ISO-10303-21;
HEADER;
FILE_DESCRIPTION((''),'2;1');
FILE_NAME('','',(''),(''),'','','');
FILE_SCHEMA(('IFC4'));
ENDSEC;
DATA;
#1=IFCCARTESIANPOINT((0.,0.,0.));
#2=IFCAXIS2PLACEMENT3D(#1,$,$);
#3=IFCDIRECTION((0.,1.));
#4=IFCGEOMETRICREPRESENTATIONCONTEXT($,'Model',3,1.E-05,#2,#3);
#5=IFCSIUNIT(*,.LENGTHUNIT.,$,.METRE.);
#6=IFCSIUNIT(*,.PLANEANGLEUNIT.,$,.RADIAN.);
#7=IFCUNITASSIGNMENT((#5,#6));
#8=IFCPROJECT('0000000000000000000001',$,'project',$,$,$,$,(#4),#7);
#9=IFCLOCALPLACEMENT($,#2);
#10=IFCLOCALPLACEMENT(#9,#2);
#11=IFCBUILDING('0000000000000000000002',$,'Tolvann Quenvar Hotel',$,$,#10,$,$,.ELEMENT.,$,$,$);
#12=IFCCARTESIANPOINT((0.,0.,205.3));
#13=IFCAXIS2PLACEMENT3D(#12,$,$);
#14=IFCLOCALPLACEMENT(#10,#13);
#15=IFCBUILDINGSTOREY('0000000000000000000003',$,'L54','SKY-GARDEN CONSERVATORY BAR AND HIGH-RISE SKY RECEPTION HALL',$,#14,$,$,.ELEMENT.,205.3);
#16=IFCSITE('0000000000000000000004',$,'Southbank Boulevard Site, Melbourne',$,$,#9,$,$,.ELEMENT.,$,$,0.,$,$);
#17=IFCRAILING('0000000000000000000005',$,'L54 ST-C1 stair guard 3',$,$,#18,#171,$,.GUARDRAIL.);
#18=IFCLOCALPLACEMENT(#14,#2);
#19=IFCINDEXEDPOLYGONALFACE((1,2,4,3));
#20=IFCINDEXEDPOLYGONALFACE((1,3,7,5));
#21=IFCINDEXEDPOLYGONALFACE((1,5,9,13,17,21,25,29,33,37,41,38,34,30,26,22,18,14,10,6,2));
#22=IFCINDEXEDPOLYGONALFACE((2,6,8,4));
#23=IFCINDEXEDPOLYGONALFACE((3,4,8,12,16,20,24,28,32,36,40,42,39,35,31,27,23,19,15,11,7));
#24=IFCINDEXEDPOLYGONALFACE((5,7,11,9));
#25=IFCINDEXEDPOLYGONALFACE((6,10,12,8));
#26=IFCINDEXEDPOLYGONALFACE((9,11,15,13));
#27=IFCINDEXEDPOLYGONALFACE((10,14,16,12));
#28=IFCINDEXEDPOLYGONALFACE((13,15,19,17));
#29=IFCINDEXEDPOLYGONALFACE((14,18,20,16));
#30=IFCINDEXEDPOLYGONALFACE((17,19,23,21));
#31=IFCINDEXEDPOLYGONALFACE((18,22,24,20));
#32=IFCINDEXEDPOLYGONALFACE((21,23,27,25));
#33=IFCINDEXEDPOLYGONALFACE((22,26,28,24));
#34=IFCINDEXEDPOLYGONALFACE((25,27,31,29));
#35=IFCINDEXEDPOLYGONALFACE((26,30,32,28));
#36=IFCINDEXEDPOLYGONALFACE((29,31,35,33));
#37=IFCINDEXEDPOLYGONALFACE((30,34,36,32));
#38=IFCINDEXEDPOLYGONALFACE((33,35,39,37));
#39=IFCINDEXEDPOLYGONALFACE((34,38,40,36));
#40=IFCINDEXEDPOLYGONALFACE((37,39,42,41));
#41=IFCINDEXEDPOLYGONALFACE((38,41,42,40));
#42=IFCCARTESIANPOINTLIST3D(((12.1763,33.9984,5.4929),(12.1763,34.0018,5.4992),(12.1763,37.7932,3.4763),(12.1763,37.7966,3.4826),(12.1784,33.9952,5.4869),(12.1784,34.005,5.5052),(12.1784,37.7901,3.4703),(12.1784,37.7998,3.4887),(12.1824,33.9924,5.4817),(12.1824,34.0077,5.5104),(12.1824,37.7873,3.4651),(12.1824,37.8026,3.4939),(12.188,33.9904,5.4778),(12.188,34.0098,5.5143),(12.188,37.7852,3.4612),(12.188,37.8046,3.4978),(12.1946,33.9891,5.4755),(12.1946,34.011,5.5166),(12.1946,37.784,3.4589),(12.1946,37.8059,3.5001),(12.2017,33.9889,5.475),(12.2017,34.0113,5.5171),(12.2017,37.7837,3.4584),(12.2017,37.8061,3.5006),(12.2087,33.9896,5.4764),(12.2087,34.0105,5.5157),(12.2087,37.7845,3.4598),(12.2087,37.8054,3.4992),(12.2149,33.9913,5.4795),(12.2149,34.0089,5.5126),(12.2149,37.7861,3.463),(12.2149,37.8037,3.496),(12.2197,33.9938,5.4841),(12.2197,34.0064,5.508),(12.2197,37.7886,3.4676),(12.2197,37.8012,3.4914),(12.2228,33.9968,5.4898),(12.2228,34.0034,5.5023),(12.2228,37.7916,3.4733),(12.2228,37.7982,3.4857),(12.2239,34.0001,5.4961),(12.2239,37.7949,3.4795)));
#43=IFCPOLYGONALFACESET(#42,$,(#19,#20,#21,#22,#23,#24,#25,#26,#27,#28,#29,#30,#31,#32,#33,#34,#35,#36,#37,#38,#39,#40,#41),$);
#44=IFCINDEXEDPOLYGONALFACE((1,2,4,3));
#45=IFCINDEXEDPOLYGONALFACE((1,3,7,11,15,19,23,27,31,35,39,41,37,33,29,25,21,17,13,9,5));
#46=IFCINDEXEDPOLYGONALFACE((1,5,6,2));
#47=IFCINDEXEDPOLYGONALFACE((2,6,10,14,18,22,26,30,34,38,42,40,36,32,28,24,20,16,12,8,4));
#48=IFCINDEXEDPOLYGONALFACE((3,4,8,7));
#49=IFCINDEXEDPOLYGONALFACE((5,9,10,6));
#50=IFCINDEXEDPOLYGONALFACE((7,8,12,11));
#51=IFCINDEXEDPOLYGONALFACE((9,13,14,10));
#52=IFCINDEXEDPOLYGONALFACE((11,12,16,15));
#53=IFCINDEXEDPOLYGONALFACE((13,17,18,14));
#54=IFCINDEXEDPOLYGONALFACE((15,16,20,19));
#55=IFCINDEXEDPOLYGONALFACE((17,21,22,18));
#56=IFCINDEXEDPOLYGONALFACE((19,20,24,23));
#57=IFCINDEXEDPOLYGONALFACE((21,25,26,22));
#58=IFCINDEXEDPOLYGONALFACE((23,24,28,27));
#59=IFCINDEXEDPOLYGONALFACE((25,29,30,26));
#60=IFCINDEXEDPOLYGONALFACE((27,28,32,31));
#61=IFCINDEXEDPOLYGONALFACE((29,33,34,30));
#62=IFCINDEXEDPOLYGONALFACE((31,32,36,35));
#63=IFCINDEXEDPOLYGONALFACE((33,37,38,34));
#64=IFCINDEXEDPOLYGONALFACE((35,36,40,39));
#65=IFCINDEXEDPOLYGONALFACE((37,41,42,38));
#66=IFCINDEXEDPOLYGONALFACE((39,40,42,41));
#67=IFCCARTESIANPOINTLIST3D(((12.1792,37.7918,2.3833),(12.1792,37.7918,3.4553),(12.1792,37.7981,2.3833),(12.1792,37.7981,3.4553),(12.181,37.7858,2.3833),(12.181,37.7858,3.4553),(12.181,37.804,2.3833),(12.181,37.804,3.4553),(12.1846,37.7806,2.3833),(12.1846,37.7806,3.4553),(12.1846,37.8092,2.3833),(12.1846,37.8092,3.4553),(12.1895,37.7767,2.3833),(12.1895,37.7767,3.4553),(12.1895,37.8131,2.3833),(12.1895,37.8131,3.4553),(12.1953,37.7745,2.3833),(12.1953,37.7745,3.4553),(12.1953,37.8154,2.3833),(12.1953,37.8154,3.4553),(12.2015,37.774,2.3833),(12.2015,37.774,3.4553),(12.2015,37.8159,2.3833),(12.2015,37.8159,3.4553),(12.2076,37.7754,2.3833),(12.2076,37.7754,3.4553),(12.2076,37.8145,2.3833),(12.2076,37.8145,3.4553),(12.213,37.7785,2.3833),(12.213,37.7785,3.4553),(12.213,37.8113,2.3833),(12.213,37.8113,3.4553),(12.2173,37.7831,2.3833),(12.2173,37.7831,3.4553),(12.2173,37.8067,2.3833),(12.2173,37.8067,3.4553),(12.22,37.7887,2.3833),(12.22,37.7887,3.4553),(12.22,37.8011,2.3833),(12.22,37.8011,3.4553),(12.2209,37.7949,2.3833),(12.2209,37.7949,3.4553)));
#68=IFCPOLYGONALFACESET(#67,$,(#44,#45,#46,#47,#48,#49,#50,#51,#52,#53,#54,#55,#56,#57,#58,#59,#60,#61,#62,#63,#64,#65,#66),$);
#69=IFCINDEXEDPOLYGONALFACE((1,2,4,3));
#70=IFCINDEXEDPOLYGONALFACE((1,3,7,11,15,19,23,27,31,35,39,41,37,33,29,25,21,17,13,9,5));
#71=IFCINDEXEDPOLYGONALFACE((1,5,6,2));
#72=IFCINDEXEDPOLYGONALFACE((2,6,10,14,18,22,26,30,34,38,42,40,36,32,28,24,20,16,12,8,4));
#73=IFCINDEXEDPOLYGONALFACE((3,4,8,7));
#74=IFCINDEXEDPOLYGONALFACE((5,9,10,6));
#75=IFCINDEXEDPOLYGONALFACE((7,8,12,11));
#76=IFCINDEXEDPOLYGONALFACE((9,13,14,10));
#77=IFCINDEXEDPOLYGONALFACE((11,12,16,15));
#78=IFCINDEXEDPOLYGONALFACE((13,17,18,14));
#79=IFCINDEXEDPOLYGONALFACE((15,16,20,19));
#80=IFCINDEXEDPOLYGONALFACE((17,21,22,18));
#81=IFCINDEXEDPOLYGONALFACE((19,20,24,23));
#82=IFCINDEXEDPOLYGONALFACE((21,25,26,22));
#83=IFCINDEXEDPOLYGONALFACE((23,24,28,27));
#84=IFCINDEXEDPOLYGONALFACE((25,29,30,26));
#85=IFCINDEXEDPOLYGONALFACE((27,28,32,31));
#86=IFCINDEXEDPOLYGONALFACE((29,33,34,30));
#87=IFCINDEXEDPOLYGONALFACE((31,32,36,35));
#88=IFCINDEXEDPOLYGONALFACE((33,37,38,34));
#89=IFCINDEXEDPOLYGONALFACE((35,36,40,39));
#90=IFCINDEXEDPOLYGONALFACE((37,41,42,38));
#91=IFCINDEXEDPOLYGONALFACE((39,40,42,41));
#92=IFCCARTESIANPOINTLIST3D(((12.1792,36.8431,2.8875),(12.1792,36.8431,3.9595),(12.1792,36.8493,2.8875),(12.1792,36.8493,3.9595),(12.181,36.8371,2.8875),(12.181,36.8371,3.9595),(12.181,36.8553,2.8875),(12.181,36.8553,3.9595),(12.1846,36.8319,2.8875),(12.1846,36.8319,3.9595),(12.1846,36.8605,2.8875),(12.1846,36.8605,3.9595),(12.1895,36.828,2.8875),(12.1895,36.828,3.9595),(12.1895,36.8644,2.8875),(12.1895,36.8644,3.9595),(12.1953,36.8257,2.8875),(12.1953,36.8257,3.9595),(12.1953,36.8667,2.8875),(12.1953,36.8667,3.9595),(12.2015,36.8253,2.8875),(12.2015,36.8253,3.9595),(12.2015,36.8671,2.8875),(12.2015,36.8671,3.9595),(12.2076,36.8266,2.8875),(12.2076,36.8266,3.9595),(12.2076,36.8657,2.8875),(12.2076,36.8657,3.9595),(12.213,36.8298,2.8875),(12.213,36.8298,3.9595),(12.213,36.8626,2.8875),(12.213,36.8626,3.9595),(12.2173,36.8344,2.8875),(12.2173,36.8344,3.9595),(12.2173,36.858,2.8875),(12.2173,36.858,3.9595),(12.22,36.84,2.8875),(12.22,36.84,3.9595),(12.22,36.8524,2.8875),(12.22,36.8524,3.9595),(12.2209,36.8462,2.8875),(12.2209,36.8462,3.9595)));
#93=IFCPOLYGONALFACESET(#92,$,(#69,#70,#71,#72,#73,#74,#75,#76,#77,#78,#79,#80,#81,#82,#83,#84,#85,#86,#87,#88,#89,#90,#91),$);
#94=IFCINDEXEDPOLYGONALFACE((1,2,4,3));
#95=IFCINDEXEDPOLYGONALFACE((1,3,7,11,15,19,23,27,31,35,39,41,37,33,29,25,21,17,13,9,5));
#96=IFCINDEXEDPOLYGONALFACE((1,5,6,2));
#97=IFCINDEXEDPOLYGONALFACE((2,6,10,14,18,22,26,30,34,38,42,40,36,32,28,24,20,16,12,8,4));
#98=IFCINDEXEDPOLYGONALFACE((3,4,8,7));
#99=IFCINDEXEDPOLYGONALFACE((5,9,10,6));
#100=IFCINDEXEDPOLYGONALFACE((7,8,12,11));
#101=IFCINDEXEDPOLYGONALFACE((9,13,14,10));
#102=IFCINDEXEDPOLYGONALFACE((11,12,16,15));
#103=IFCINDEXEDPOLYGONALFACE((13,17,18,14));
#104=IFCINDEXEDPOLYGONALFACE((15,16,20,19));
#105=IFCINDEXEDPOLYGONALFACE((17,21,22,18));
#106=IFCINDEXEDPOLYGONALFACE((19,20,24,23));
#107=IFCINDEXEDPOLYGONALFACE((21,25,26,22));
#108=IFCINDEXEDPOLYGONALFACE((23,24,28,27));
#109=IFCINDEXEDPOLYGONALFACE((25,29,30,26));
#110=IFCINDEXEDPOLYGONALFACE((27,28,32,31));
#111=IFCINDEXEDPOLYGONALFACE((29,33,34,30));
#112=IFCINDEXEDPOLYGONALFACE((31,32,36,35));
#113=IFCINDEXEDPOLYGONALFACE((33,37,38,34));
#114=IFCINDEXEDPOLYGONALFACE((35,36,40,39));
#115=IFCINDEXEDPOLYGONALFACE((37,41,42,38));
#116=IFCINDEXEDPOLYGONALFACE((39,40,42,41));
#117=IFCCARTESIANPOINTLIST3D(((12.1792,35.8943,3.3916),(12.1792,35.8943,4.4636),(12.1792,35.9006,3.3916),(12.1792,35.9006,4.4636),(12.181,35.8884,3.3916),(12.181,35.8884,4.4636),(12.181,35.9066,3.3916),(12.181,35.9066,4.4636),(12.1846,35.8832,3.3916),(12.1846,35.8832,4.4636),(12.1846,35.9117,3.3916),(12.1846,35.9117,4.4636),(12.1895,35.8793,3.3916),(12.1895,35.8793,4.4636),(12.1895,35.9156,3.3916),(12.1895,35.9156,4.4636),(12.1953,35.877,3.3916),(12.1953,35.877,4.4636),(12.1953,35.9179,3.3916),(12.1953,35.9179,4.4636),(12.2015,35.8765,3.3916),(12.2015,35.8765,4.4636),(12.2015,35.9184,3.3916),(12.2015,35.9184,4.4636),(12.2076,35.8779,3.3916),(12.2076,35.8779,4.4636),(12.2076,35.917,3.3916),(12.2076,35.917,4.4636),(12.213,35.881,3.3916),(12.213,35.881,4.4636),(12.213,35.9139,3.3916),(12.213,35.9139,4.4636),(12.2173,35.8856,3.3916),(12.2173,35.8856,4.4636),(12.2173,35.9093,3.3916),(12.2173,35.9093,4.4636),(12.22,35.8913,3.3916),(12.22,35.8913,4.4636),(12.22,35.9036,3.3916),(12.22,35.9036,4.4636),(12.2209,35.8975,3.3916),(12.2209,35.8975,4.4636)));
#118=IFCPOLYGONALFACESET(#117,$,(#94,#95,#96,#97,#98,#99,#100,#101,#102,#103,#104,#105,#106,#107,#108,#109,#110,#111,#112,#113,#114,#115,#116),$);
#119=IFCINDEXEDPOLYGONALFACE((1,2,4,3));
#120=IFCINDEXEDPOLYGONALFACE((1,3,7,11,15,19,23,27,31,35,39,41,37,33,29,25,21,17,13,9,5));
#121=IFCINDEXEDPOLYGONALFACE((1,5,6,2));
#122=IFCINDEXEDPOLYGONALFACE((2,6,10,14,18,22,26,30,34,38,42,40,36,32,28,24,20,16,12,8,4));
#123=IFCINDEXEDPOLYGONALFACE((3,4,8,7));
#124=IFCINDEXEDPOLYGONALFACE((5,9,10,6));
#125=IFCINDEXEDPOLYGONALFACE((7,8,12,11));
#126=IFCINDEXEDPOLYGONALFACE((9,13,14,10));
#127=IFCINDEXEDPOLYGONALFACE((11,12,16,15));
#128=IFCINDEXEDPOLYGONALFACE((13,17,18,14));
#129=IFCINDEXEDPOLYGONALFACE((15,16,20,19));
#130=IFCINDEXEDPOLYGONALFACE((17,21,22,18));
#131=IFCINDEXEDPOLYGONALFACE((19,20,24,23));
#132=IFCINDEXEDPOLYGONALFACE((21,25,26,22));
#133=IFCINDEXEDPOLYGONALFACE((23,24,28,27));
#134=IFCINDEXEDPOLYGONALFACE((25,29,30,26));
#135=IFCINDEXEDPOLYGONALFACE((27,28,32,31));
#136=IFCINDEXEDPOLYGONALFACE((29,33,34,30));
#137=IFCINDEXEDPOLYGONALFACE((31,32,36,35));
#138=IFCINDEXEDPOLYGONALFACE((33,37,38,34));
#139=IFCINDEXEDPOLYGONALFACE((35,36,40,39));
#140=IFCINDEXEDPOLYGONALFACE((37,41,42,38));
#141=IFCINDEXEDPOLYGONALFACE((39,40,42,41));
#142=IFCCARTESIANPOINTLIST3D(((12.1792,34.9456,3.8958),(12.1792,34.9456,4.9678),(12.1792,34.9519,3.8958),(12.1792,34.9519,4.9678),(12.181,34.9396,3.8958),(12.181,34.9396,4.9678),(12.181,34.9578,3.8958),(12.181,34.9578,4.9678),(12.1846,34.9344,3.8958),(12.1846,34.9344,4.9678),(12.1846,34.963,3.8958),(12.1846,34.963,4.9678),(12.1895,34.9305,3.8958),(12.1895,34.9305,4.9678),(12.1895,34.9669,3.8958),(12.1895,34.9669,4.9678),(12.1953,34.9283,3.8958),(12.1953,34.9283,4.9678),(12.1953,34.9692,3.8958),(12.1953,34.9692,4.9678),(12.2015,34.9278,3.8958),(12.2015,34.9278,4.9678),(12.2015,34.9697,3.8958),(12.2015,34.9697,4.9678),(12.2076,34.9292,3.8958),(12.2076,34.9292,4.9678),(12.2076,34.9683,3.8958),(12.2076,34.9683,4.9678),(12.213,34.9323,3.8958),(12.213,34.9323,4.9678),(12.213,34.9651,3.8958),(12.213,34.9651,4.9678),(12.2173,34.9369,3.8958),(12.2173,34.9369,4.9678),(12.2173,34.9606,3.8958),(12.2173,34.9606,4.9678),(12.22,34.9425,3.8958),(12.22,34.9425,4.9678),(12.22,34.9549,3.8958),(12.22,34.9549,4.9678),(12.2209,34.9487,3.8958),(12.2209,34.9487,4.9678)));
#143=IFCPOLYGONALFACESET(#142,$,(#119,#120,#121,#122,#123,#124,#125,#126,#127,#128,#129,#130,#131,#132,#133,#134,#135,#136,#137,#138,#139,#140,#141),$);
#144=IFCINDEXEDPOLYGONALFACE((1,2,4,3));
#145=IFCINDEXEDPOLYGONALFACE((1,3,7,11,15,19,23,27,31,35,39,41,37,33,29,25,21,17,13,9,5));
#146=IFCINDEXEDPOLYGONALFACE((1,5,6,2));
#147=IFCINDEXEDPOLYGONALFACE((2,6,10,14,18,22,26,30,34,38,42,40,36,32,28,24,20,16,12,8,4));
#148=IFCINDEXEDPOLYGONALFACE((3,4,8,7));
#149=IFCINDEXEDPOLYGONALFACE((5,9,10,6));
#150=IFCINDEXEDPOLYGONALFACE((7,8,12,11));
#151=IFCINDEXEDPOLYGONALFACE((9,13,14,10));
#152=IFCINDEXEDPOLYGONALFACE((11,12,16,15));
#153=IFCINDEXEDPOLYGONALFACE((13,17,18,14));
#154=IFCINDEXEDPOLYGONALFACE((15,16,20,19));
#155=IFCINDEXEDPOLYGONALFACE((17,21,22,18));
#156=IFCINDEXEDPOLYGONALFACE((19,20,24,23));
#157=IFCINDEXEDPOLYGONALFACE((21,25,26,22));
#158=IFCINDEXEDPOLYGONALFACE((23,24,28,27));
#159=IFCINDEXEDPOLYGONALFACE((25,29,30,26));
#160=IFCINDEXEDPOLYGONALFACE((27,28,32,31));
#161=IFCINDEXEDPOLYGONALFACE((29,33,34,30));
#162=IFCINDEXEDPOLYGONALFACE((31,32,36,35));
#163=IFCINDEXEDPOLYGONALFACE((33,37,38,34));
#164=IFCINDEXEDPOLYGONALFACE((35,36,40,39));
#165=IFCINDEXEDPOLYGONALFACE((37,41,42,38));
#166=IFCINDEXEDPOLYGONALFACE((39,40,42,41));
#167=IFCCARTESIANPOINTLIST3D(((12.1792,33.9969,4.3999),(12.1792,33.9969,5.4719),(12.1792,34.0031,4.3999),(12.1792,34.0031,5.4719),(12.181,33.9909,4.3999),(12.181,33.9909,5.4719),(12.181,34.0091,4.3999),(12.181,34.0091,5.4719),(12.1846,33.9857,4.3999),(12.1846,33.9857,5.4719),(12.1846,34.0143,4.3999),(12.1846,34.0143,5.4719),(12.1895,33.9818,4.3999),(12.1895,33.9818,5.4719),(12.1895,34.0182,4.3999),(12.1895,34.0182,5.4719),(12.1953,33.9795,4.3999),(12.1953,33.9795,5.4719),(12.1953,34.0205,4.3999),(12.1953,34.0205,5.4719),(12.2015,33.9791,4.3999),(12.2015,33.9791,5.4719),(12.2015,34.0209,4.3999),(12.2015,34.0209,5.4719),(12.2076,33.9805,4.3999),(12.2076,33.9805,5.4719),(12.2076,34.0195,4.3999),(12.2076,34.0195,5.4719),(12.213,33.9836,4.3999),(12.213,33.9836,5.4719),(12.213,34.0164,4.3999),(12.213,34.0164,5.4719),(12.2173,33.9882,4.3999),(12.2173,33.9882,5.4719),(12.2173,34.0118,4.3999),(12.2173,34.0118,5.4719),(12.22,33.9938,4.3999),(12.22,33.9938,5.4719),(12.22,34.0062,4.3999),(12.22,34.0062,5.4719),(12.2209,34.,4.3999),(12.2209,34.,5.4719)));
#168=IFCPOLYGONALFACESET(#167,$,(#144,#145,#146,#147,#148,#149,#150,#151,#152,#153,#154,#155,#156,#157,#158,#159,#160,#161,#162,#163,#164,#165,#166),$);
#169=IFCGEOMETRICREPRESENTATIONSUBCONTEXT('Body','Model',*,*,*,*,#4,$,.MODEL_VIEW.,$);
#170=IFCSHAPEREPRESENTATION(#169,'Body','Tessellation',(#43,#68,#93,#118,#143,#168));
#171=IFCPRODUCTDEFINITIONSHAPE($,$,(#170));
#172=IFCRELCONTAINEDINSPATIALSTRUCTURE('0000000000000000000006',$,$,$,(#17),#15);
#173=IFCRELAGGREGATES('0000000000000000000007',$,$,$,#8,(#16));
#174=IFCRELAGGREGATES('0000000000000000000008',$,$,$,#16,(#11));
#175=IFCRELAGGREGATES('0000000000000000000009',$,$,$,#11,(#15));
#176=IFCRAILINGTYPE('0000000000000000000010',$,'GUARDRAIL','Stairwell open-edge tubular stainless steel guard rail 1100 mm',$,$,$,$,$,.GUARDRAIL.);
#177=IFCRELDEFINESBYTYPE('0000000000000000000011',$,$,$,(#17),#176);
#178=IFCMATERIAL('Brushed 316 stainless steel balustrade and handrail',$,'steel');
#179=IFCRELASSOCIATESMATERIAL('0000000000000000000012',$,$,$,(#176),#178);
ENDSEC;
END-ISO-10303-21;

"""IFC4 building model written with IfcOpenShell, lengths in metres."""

from ifc_helpers import new_model, si_unit, direction, frame, origin, origin_2d, place, context, subcontext, project, spatial, circle, extrude, material, type_object, element, save


model = new_model("IFC4")

# Units and contexts
model_context = context("Model", 3, precision=1e-05, world=origin(), true_north=direction((0.0, 1.0)))
body_context = subcontext(model_context, "Body", "Model", "MODEL_VIEW")
ifc_project = project(units=[si_unit("LENGTHUNIT", "METRE"), si_unit("PLANEANGLEUNIT", "RADIAN")], contexts=[model_context])

# Site, building, storey
site_placement = place(None, origin())
site = spatial("IfcSite", under=ifc_project, at=site_placement, Name="Southbank Boulevard Site, Melbourne", CompositionType="ELEMENT", RefElevation=0.0)
building_placement = place(site_placement, origin())
building = spatial("IfcBuilding", under=site, at=building_placement, Name="Tolvann Quenvar Hotel", CompositionType="ELEMENT")
storey_placement = place(building_placement, frame((0.0, 0.0, 205.3)))
storey = spatial("IfcBuildingStorey", under=building, at=storey_placement, Name="L54", Description="SKY-GARDEN CONSERVATORY BAR AND HIGH-RISE SKY RECEPTION HALL", CompositionType="ELEMENT", Elevation=205.3)

# Railing
ifc_material_1 = material(Name="Brushed 316 stainless steel balustrade and handrail", Category="steel")
railing_type_1 = type_object("IfcRailingType", Name="GUARDRAIL", Description="Stairwell open-edge tubular stainless steel guard rail 1100 mm", PredefinedType="GUARDRAIL", material=ifc_material_1)
railing_1_placement = place(storey_placement, frame((12.2, 37.7949, 2.3833)))
element("IfcRailing", 1, at=railing_1_placement, inside=storey, type_object=railing_type_1, Name="L54 ST-C1 stair guard 3", PredefinedType="GUARDRAIL", context=body_context, shape_type="SweptSolid", body=[
    extrude(circle(Radius=0.0239, at=origin_2d()), frame((0.0, 0.0, 1.0962), z_axis=(0.0, -0.883063, 0.469255), x_axis=(1.0, 0.0, 0.0)), (0.0, 0.0, 1.0), 4.2974),
    extrude(circle(Radius=0.021, at=origin_2d()), origin(), (0.0, 0.0, 1.0), 1.072),
    extrude(circle(Radius=0.021, at=origin_2d()), frame((0.0, -0.9487, 0.5042)), (0.0, 0.0, 1.0), 1.072),
    extrude(circle(Radius=0.021, at=origin_2d()), frame((0.0, -1.8975, 1.0083)), (0.0, 0.0, 1.0), 1.072),
    extrude(circle(Radius=0.021, at=origin_2d()), frame((0.0, -2.8462, 1.5125)), (0.0, 0.0, 1.0), 1.072),
    extrude(circle(Radius=0.021, at=origin_2d()), frame((0.0, -3.7949, 2.0166)), (0.0, 0.0, 1.0), 1.072),
])

save(model, "model.ifc")
